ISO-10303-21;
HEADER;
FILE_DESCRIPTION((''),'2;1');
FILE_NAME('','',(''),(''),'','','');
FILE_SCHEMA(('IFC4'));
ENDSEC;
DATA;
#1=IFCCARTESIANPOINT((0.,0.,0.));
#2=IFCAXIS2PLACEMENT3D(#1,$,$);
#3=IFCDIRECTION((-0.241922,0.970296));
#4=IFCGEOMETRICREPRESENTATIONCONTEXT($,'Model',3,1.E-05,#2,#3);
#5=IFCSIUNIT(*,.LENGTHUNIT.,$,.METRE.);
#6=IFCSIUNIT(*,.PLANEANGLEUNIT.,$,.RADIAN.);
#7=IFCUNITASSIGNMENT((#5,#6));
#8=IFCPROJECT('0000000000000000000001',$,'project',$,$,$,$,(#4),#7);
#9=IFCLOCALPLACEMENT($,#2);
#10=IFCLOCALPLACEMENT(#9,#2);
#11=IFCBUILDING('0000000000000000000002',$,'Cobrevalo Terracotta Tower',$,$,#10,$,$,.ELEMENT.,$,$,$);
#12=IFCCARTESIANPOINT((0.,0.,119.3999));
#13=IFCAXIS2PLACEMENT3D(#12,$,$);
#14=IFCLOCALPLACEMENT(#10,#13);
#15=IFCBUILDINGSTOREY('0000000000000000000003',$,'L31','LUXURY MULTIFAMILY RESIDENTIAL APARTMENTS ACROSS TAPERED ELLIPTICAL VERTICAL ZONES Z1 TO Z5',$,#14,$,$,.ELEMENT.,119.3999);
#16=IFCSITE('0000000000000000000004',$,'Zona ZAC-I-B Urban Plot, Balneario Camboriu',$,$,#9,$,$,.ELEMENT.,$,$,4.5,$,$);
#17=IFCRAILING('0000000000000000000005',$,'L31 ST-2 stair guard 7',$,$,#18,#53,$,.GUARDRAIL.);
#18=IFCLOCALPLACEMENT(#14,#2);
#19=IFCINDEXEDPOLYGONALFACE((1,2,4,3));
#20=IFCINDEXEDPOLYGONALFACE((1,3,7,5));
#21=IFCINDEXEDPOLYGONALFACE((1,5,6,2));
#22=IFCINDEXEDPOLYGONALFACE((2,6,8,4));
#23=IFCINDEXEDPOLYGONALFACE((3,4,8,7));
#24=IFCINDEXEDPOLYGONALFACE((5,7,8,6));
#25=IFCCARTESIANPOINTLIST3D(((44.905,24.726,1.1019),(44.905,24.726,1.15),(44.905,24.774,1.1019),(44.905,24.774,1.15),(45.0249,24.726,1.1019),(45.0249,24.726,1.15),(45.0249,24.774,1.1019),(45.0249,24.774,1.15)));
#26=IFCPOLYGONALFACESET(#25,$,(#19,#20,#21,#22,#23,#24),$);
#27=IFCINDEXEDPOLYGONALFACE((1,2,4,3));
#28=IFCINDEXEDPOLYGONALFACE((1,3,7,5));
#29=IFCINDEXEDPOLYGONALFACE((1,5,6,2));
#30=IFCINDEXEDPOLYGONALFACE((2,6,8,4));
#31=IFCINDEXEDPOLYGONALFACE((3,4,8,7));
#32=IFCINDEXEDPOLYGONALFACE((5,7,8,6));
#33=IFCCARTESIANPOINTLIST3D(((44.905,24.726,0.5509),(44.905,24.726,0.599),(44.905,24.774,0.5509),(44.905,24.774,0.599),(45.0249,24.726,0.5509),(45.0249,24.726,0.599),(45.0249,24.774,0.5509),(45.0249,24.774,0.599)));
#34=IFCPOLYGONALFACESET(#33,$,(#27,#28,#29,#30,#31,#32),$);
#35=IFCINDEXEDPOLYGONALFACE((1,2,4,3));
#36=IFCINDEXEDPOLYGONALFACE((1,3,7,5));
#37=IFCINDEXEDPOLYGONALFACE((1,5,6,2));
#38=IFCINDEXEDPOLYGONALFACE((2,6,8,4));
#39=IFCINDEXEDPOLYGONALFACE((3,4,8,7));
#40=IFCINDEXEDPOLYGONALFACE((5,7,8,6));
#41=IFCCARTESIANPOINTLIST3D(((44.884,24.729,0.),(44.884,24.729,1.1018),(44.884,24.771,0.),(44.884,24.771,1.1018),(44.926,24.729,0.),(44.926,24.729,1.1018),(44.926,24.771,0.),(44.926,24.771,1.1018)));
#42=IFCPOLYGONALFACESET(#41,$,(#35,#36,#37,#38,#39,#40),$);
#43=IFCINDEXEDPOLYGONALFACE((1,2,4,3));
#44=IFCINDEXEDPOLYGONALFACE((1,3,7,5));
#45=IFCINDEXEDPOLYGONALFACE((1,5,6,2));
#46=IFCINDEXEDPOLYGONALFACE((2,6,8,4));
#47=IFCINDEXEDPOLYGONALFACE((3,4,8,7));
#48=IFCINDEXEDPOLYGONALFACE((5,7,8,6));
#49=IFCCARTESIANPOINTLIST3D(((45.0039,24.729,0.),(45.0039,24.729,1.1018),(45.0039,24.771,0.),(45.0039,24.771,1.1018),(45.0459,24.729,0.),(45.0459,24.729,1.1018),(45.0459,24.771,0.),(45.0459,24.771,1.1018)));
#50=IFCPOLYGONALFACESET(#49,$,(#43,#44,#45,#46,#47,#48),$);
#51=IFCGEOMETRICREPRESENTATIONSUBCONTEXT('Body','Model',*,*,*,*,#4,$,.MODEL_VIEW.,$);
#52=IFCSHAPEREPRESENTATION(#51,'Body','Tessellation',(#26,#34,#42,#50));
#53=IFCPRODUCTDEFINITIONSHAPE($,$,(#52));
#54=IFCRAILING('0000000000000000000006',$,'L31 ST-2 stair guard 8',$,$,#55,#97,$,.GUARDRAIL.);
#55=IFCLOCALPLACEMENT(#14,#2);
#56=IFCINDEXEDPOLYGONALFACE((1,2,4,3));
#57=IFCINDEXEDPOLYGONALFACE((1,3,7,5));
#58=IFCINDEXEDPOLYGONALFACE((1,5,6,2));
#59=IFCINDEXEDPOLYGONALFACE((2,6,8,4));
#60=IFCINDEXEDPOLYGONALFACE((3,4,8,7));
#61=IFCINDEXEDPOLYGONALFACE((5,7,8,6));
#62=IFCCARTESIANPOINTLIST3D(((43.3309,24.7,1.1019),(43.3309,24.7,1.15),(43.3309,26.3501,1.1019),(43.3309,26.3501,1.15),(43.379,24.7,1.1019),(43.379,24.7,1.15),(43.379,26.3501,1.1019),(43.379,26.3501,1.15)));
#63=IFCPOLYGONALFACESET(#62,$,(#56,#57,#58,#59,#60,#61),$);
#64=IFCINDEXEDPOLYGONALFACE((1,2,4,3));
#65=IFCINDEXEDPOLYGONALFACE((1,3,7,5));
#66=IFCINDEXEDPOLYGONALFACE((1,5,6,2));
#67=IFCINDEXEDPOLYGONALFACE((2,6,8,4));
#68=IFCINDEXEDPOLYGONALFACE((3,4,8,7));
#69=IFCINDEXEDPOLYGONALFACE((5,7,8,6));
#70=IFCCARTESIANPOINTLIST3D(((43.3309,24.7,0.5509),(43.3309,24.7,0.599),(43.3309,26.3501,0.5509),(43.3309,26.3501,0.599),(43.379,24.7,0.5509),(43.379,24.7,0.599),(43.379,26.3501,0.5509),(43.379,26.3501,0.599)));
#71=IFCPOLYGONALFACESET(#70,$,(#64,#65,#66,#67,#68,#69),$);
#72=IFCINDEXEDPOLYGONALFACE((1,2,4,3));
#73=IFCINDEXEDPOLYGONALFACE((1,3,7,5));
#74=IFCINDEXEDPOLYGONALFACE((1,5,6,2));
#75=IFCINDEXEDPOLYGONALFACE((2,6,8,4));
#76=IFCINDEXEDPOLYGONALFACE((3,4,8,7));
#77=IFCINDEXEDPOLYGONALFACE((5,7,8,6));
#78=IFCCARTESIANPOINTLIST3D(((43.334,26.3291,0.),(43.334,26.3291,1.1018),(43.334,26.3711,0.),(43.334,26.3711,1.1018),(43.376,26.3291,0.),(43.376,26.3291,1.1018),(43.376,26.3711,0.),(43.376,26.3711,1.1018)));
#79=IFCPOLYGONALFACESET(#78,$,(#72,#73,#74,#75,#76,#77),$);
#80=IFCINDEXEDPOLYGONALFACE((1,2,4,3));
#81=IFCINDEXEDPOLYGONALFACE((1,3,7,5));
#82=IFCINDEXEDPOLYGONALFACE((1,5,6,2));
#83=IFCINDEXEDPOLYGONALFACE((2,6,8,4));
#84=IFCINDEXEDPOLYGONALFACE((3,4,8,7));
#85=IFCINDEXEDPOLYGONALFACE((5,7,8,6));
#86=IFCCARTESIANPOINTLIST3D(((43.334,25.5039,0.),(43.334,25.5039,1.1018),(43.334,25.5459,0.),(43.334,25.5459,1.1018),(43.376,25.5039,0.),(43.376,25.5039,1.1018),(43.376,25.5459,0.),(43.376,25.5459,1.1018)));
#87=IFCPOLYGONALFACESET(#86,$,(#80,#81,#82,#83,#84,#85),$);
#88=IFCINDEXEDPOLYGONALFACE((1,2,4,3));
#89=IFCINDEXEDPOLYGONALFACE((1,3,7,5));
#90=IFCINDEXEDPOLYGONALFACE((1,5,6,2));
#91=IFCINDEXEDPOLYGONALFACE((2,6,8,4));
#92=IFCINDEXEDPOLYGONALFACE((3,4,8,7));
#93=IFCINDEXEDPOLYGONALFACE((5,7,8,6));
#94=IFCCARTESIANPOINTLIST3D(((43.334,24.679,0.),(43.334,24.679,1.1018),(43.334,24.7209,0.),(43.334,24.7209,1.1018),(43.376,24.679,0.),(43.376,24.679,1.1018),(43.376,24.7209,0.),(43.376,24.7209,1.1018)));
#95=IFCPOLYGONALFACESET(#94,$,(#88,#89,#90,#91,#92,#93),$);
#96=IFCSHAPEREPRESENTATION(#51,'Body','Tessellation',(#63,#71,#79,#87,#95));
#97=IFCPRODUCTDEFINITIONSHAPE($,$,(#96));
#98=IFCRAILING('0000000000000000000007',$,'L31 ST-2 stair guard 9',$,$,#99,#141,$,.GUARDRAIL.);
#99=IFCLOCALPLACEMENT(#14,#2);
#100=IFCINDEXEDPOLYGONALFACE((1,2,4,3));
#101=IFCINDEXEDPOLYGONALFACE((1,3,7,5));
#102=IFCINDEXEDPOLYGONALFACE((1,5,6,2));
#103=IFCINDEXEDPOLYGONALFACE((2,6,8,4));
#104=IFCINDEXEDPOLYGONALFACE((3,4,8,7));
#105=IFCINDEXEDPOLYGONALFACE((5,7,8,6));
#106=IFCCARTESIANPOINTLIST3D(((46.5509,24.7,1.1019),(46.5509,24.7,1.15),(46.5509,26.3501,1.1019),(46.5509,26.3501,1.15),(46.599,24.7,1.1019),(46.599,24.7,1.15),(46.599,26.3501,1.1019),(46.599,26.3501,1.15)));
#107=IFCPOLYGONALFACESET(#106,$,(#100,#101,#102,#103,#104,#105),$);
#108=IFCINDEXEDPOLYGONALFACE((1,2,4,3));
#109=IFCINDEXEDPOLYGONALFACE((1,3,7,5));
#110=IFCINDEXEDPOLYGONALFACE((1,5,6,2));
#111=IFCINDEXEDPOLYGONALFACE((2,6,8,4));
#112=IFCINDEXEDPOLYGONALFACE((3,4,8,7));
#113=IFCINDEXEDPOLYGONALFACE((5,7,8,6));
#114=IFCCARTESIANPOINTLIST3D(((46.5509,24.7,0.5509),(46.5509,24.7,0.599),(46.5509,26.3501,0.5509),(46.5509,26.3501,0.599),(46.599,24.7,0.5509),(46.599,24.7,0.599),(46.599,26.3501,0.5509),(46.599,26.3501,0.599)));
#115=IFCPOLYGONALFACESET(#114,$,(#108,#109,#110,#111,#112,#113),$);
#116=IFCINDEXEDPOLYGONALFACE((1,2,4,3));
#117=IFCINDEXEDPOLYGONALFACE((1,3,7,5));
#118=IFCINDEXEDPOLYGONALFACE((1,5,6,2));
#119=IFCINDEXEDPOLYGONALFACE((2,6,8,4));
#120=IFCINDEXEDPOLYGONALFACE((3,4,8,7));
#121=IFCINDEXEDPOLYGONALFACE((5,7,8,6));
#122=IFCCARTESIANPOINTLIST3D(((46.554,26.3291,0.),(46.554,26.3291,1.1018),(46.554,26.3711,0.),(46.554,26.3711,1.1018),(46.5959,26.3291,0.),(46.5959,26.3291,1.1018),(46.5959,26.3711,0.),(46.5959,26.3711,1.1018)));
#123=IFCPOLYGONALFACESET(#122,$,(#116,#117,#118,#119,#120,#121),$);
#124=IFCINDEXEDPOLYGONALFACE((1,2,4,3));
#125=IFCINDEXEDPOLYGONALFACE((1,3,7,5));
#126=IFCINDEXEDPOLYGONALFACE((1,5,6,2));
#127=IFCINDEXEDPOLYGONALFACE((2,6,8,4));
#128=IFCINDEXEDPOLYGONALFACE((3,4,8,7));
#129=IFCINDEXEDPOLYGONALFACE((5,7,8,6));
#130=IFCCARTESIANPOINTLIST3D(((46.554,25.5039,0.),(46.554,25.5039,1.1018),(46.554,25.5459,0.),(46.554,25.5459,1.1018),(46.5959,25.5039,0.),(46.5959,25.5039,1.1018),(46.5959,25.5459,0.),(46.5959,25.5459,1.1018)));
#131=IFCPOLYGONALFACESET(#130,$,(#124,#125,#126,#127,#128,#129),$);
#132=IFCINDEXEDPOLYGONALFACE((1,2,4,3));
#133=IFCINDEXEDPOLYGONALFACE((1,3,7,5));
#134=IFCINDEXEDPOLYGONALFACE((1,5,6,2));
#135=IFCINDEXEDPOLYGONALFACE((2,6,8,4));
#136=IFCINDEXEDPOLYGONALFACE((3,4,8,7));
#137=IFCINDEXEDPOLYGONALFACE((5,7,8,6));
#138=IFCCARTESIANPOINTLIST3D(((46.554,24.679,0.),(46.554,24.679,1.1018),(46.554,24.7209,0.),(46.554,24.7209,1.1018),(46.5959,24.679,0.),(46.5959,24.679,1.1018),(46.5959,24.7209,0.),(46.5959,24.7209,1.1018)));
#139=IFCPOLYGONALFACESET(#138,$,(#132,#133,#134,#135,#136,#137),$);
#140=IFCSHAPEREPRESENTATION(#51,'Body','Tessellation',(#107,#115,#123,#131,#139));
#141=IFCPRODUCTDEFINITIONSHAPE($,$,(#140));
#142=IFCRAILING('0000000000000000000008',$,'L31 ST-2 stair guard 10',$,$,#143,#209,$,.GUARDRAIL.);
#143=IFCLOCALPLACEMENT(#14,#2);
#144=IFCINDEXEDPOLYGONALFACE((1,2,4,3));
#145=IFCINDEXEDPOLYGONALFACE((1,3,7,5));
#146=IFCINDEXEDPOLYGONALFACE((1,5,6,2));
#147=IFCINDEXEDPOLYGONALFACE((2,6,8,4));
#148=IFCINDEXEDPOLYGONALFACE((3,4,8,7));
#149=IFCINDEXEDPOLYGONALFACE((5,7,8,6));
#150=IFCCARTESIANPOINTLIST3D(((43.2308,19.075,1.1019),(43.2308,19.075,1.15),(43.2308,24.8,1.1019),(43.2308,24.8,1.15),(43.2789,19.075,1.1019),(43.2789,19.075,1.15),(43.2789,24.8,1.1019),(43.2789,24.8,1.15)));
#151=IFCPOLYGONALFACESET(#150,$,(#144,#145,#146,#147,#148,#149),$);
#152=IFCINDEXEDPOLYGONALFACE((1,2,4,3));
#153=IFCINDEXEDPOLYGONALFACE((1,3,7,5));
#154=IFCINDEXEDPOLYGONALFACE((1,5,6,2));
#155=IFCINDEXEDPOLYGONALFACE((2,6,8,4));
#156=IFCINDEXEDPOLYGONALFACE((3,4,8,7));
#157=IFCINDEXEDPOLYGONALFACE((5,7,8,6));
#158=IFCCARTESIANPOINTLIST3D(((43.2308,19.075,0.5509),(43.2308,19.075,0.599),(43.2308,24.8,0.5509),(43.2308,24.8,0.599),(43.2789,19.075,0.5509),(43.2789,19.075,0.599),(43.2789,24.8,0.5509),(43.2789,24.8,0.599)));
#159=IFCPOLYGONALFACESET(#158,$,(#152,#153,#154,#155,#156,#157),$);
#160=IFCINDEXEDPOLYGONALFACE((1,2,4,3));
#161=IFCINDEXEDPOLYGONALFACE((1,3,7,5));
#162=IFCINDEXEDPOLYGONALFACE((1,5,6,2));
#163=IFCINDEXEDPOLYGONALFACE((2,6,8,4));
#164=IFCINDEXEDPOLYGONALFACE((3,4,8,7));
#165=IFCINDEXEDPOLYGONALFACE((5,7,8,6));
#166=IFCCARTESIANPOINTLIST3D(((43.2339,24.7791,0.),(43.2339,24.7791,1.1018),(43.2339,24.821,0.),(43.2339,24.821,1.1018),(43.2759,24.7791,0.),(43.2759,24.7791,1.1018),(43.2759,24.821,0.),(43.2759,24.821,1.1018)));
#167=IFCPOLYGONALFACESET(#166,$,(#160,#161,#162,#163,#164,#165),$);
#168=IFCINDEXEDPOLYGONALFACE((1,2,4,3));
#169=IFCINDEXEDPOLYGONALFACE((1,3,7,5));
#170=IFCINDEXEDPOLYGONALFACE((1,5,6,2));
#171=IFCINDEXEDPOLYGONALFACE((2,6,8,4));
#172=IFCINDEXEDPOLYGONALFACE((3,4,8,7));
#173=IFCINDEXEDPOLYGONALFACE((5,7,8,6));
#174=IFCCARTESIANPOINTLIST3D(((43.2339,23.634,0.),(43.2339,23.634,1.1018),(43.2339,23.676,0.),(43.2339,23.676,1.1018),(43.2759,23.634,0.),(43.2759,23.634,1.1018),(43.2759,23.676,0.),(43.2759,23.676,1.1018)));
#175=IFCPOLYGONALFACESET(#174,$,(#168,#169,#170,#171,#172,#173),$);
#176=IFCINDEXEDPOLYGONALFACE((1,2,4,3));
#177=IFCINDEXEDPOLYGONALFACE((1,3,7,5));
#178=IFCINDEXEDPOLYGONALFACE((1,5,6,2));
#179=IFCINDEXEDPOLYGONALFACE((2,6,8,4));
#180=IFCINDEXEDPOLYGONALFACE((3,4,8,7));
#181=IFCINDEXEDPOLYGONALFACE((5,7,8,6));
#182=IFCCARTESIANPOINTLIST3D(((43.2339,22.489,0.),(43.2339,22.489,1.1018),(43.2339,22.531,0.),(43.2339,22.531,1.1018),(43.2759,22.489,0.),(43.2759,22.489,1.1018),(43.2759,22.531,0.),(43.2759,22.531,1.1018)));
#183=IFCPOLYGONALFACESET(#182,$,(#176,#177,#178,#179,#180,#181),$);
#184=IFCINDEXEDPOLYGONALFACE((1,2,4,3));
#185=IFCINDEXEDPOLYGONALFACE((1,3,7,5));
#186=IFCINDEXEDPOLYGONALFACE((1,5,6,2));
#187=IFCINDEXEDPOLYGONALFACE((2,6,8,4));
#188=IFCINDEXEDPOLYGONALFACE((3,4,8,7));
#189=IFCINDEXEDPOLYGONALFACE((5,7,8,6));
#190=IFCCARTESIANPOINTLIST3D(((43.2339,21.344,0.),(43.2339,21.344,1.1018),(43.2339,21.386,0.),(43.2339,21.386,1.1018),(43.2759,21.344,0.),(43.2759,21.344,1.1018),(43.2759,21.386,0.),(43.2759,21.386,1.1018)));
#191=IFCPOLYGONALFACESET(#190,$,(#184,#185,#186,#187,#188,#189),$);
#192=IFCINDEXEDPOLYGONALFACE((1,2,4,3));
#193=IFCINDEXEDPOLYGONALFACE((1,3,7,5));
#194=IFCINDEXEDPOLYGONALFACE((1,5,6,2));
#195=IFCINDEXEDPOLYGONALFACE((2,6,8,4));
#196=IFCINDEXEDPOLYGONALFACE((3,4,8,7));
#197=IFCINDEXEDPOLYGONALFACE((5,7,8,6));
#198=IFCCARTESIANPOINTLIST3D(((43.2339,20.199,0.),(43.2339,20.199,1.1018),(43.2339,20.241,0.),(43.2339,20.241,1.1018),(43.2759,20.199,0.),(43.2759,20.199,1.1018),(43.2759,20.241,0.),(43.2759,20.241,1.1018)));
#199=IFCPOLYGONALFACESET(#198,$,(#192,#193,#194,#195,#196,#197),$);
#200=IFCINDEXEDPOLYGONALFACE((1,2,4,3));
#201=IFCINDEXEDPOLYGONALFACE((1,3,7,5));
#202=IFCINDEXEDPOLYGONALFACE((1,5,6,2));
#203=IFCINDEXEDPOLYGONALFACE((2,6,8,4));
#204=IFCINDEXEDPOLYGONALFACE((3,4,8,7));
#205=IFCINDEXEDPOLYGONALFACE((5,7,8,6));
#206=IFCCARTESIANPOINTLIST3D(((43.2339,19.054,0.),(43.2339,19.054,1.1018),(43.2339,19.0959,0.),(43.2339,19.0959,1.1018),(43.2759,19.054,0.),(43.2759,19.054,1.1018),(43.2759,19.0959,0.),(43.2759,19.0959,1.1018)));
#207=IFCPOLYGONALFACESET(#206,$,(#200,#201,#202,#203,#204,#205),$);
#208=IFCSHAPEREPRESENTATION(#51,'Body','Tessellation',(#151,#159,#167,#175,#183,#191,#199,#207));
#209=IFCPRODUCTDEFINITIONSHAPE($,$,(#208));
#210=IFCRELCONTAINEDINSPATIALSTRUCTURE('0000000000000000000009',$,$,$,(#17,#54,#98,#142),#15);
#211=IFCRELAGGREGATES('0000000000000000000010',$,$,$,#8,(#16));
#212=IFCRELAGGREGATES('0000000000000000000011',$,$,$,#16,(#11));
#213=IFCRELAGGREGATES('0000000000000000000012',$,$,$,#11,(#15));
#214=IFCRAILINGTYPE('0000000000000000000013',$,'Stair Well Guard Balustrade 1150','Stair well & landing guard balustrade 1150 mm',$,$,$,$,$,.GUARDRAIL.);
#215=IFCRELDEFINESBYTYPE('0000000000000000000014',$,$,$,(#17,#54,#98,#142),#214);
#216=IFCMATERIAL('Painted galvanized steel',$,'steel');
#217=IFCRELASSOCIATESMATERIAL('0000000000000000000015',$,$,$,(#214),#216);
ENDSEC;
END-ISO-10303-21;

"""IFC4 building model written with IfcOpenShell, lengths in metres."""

from ifc_helpers import new_model, si_unit, direction, frame, origin, origin_2d, place, context, subcontext, project, spatial, rectangle, extrude, material, type_object, element, save


model = new_model("IFC4")

# Units and contexts
model_context = context("Model", 3, precision=1e-05, world=origin(), true_north=direction((-0.241922, 0.970296)))
body_context = subcontext(model_context, "Body", "Model", "MODEL_VIEW")
ifc_project = project(units=[si_unit("LENGTHUNIT", "METRE"), si_unit("PLANEANGLEUNIT", "RADIAN")], contexts=[model_context])

# Site, building, storey
site_placement = place(None, origin())
site = spatial("IfcSite", under=ifc_project, at=site_placement, Name="Zona ZAC-I-B Urban Plot, Balneario Camboriu", CompositionType="ELEMENT", RefElevation=4.5)
building_placement = place(site_placement, origin())
building = spatial("IfcBuilding", under=site, at=building_placement, Name="Cobrevalo Terracotta Tower", CompositionType="ELEMENT")
storey_placement = place(building_placement, frame((0.0, 0.0, 119.3999)))
storey = spatial("IfcBuildingStorey", under=building, at=storey_placement, Name="L31", Description="LUXURY MULTIFAMILY RESIDENTIAL APARTMENTS ACROSS TAPERED ELLIPTICAL VERTICAL ZONES Z1 TO Z5", CompositionType="ELEMENT", Elevation=119.3999)

# Railings
ifc_material_1 = material(Name="Painted galvanized steel", Category="steel")
railing_type = type_object("IfcRailingType", Name="Stair Well Guard Balustrade 1150", Description="Stair well & landing guard balustrade 1150 mm", PredefinedType="GUARDRAIL", material=ifc_material_1)
railing_1_placement = place(storey_placement, frame((44.905, 24.75, 0.0)))
element("IfcRailing", 1, at=railing_1_placement, inside=storey, type_object=railing_type, Name="L31 ST-2 stair guard 7", PredefinedType="GUARDRAIL", context=body_context, shape_type="SweptSolid", body=[
    extrude(rectangle(XDim=0.0481, YDim=0.0481, at=origin_2d()), frame((0.0, 0.0, 1.126), z_axis=(1.0, 0.0, 0.0), x_axis=(0.0, 1.0, 0.0)), (0.0, 0.0, 1.0), 0.1199),
    extrude(rectangle(XDim=0.0481, YDim=0.0481, at=origin_2d()), frame((0.0, 0.0, 0.575), z_axis=(1.0, 0.0, 0.0), x_axis=(0.0, 1.0, 0.0)), (0.0, 0.0, 1.0), 0.1199),
    extrude(rectangle(XDim=0.042, YDim=0.042, at=origin_2d()), origin(), (0.0, 0.0, 1.0), 1.1018),
    extrude(rectangle(XDim=0.042, YDim=0.042, at=origin_2d()), frame((0.1199, 0.0, 0.0)), (0.0, 0.0, 1.0), 1.1018),
])
for number, where, name in (
    (2, (43.355, 26.3501, 0.0), "L31 ST-2 stair guard 8"),
    (3, (46.575, 26.3501, 0.0), "L31 ST-2 stair guard 9"),
):
    element("IfcRailing", number, at=place(storey_placement, frame(where)), inside=storey, type_object=railing_type, Name=name, PredefinedType="GUARDRAIL", context=body_context, shape_type="SweptSolid", body=[
        extrude(rectangle(XDim=0.0481, YDim=0.0481, at=origin_2d()), frame((0.0, 0.0, 1.126), z_axis=(0.0, -1.0, 0.0), x_axis=(1.0, 0.0, 0.0)), (0.0, 0.0, 1.0), 1.6501),
        extrude(rectangle(XDim=0.0481, YDim=0.0481, at=origin_2d()), frame((0.0, 0.0, 0.575), z_axis=(0.0, -1.0, 0.0), x_axis=(1.0, 0.0, 0.0)), (0.0, 0.0, 1.0), 1.6501),
        extrude(rectangle(XDim=0.042, YDim=0.042, at=origin_2d()), origin(), (0.0, 0.0, 1.0), 1.1018),
        extrude(rectangle(XDim=0.042, YDim=0.042, at=origin_2d()), frame((0.0, -0.8252, 0.0)), (0.0, 0.0, 1.0), 1.1018),
        extrude(rectangle(XDim=0.042, YDim=0.042, at=origin_2d()), frame((0.0, -1.6501, 0.0)), (0.0, 0.0, 1.0), 1.1018),
    ])
for number, where, name in (
    (4, (43.2549, 24.8, 0.0), "L31 ST-2 stair guard 10"),
):
    element("IfcRailing", number, at=place(storey_placement, frame(where)), inside=storey, type_object=railing_type, Name=name, PredefinedType="GUARDRAIL", context=body_context, shape_type="SweptSolid", body=[
        extrude(rectangle(XDim=0.0481, YDim=0.0481, at=origin_2d()), frame((0.0, 0.0, 1.126), z_axis=(0.0, -1.0, 0.0), x_axis=(1.0, 0.0, 0.0)), (0.0, 0.0, 1.0), 5.7251),
        extrude(rectangle(XDim=0.0481, YDim=0.0481, at=origin_2d()), frame((0.0, 0.0, 0.575), z_axis=(0.0, -1.0, 0.0), x_axis=(1.0, 0.0, 0.0)), (0.0, 0.0, 1.0), 5.7251),
        extrude(rectangle(XDim=0.042, YDim=0.042, at=origin_2d()), origin(), (0.0, 0.0, 1.0), 1.1018),
        extrude(rectangle(XDim=0.042, YDim=0.042, at=origin_2d()), frame((0.0, -1.145, 0.0)), (0.0, 0.0, 1.0), 1.1018),
        extrude(rectangle(XDim=0.042, YDim=0.042, at=origin_2d()), frame((0.0, -2.29, 0.0)), (0.0, 0.0, 1.0), 1.1018),
        extrude(rectangle(XDim=0.042, YDim=0.042, at=origin_2d()), frame((0.0, -3.4351, 0.0)), (0.0, 0.0, 1.0), 1.1018),
        extrude(rectangle(XDim=0.042, YDim=0.042, at=origin_2d()), frame((0.0, -4.5801, 0.0)), (0.0, 0.0, 1.0), 1.1018),
        extrude(rectangle(XDim=0.042, YDim=0.042, at=origin_2d()), frame((0.0, -5.7251, 0.0)), (0.0, 0.0, 1.0), 1.1018),
    ])

save(model, "model.ifc")
